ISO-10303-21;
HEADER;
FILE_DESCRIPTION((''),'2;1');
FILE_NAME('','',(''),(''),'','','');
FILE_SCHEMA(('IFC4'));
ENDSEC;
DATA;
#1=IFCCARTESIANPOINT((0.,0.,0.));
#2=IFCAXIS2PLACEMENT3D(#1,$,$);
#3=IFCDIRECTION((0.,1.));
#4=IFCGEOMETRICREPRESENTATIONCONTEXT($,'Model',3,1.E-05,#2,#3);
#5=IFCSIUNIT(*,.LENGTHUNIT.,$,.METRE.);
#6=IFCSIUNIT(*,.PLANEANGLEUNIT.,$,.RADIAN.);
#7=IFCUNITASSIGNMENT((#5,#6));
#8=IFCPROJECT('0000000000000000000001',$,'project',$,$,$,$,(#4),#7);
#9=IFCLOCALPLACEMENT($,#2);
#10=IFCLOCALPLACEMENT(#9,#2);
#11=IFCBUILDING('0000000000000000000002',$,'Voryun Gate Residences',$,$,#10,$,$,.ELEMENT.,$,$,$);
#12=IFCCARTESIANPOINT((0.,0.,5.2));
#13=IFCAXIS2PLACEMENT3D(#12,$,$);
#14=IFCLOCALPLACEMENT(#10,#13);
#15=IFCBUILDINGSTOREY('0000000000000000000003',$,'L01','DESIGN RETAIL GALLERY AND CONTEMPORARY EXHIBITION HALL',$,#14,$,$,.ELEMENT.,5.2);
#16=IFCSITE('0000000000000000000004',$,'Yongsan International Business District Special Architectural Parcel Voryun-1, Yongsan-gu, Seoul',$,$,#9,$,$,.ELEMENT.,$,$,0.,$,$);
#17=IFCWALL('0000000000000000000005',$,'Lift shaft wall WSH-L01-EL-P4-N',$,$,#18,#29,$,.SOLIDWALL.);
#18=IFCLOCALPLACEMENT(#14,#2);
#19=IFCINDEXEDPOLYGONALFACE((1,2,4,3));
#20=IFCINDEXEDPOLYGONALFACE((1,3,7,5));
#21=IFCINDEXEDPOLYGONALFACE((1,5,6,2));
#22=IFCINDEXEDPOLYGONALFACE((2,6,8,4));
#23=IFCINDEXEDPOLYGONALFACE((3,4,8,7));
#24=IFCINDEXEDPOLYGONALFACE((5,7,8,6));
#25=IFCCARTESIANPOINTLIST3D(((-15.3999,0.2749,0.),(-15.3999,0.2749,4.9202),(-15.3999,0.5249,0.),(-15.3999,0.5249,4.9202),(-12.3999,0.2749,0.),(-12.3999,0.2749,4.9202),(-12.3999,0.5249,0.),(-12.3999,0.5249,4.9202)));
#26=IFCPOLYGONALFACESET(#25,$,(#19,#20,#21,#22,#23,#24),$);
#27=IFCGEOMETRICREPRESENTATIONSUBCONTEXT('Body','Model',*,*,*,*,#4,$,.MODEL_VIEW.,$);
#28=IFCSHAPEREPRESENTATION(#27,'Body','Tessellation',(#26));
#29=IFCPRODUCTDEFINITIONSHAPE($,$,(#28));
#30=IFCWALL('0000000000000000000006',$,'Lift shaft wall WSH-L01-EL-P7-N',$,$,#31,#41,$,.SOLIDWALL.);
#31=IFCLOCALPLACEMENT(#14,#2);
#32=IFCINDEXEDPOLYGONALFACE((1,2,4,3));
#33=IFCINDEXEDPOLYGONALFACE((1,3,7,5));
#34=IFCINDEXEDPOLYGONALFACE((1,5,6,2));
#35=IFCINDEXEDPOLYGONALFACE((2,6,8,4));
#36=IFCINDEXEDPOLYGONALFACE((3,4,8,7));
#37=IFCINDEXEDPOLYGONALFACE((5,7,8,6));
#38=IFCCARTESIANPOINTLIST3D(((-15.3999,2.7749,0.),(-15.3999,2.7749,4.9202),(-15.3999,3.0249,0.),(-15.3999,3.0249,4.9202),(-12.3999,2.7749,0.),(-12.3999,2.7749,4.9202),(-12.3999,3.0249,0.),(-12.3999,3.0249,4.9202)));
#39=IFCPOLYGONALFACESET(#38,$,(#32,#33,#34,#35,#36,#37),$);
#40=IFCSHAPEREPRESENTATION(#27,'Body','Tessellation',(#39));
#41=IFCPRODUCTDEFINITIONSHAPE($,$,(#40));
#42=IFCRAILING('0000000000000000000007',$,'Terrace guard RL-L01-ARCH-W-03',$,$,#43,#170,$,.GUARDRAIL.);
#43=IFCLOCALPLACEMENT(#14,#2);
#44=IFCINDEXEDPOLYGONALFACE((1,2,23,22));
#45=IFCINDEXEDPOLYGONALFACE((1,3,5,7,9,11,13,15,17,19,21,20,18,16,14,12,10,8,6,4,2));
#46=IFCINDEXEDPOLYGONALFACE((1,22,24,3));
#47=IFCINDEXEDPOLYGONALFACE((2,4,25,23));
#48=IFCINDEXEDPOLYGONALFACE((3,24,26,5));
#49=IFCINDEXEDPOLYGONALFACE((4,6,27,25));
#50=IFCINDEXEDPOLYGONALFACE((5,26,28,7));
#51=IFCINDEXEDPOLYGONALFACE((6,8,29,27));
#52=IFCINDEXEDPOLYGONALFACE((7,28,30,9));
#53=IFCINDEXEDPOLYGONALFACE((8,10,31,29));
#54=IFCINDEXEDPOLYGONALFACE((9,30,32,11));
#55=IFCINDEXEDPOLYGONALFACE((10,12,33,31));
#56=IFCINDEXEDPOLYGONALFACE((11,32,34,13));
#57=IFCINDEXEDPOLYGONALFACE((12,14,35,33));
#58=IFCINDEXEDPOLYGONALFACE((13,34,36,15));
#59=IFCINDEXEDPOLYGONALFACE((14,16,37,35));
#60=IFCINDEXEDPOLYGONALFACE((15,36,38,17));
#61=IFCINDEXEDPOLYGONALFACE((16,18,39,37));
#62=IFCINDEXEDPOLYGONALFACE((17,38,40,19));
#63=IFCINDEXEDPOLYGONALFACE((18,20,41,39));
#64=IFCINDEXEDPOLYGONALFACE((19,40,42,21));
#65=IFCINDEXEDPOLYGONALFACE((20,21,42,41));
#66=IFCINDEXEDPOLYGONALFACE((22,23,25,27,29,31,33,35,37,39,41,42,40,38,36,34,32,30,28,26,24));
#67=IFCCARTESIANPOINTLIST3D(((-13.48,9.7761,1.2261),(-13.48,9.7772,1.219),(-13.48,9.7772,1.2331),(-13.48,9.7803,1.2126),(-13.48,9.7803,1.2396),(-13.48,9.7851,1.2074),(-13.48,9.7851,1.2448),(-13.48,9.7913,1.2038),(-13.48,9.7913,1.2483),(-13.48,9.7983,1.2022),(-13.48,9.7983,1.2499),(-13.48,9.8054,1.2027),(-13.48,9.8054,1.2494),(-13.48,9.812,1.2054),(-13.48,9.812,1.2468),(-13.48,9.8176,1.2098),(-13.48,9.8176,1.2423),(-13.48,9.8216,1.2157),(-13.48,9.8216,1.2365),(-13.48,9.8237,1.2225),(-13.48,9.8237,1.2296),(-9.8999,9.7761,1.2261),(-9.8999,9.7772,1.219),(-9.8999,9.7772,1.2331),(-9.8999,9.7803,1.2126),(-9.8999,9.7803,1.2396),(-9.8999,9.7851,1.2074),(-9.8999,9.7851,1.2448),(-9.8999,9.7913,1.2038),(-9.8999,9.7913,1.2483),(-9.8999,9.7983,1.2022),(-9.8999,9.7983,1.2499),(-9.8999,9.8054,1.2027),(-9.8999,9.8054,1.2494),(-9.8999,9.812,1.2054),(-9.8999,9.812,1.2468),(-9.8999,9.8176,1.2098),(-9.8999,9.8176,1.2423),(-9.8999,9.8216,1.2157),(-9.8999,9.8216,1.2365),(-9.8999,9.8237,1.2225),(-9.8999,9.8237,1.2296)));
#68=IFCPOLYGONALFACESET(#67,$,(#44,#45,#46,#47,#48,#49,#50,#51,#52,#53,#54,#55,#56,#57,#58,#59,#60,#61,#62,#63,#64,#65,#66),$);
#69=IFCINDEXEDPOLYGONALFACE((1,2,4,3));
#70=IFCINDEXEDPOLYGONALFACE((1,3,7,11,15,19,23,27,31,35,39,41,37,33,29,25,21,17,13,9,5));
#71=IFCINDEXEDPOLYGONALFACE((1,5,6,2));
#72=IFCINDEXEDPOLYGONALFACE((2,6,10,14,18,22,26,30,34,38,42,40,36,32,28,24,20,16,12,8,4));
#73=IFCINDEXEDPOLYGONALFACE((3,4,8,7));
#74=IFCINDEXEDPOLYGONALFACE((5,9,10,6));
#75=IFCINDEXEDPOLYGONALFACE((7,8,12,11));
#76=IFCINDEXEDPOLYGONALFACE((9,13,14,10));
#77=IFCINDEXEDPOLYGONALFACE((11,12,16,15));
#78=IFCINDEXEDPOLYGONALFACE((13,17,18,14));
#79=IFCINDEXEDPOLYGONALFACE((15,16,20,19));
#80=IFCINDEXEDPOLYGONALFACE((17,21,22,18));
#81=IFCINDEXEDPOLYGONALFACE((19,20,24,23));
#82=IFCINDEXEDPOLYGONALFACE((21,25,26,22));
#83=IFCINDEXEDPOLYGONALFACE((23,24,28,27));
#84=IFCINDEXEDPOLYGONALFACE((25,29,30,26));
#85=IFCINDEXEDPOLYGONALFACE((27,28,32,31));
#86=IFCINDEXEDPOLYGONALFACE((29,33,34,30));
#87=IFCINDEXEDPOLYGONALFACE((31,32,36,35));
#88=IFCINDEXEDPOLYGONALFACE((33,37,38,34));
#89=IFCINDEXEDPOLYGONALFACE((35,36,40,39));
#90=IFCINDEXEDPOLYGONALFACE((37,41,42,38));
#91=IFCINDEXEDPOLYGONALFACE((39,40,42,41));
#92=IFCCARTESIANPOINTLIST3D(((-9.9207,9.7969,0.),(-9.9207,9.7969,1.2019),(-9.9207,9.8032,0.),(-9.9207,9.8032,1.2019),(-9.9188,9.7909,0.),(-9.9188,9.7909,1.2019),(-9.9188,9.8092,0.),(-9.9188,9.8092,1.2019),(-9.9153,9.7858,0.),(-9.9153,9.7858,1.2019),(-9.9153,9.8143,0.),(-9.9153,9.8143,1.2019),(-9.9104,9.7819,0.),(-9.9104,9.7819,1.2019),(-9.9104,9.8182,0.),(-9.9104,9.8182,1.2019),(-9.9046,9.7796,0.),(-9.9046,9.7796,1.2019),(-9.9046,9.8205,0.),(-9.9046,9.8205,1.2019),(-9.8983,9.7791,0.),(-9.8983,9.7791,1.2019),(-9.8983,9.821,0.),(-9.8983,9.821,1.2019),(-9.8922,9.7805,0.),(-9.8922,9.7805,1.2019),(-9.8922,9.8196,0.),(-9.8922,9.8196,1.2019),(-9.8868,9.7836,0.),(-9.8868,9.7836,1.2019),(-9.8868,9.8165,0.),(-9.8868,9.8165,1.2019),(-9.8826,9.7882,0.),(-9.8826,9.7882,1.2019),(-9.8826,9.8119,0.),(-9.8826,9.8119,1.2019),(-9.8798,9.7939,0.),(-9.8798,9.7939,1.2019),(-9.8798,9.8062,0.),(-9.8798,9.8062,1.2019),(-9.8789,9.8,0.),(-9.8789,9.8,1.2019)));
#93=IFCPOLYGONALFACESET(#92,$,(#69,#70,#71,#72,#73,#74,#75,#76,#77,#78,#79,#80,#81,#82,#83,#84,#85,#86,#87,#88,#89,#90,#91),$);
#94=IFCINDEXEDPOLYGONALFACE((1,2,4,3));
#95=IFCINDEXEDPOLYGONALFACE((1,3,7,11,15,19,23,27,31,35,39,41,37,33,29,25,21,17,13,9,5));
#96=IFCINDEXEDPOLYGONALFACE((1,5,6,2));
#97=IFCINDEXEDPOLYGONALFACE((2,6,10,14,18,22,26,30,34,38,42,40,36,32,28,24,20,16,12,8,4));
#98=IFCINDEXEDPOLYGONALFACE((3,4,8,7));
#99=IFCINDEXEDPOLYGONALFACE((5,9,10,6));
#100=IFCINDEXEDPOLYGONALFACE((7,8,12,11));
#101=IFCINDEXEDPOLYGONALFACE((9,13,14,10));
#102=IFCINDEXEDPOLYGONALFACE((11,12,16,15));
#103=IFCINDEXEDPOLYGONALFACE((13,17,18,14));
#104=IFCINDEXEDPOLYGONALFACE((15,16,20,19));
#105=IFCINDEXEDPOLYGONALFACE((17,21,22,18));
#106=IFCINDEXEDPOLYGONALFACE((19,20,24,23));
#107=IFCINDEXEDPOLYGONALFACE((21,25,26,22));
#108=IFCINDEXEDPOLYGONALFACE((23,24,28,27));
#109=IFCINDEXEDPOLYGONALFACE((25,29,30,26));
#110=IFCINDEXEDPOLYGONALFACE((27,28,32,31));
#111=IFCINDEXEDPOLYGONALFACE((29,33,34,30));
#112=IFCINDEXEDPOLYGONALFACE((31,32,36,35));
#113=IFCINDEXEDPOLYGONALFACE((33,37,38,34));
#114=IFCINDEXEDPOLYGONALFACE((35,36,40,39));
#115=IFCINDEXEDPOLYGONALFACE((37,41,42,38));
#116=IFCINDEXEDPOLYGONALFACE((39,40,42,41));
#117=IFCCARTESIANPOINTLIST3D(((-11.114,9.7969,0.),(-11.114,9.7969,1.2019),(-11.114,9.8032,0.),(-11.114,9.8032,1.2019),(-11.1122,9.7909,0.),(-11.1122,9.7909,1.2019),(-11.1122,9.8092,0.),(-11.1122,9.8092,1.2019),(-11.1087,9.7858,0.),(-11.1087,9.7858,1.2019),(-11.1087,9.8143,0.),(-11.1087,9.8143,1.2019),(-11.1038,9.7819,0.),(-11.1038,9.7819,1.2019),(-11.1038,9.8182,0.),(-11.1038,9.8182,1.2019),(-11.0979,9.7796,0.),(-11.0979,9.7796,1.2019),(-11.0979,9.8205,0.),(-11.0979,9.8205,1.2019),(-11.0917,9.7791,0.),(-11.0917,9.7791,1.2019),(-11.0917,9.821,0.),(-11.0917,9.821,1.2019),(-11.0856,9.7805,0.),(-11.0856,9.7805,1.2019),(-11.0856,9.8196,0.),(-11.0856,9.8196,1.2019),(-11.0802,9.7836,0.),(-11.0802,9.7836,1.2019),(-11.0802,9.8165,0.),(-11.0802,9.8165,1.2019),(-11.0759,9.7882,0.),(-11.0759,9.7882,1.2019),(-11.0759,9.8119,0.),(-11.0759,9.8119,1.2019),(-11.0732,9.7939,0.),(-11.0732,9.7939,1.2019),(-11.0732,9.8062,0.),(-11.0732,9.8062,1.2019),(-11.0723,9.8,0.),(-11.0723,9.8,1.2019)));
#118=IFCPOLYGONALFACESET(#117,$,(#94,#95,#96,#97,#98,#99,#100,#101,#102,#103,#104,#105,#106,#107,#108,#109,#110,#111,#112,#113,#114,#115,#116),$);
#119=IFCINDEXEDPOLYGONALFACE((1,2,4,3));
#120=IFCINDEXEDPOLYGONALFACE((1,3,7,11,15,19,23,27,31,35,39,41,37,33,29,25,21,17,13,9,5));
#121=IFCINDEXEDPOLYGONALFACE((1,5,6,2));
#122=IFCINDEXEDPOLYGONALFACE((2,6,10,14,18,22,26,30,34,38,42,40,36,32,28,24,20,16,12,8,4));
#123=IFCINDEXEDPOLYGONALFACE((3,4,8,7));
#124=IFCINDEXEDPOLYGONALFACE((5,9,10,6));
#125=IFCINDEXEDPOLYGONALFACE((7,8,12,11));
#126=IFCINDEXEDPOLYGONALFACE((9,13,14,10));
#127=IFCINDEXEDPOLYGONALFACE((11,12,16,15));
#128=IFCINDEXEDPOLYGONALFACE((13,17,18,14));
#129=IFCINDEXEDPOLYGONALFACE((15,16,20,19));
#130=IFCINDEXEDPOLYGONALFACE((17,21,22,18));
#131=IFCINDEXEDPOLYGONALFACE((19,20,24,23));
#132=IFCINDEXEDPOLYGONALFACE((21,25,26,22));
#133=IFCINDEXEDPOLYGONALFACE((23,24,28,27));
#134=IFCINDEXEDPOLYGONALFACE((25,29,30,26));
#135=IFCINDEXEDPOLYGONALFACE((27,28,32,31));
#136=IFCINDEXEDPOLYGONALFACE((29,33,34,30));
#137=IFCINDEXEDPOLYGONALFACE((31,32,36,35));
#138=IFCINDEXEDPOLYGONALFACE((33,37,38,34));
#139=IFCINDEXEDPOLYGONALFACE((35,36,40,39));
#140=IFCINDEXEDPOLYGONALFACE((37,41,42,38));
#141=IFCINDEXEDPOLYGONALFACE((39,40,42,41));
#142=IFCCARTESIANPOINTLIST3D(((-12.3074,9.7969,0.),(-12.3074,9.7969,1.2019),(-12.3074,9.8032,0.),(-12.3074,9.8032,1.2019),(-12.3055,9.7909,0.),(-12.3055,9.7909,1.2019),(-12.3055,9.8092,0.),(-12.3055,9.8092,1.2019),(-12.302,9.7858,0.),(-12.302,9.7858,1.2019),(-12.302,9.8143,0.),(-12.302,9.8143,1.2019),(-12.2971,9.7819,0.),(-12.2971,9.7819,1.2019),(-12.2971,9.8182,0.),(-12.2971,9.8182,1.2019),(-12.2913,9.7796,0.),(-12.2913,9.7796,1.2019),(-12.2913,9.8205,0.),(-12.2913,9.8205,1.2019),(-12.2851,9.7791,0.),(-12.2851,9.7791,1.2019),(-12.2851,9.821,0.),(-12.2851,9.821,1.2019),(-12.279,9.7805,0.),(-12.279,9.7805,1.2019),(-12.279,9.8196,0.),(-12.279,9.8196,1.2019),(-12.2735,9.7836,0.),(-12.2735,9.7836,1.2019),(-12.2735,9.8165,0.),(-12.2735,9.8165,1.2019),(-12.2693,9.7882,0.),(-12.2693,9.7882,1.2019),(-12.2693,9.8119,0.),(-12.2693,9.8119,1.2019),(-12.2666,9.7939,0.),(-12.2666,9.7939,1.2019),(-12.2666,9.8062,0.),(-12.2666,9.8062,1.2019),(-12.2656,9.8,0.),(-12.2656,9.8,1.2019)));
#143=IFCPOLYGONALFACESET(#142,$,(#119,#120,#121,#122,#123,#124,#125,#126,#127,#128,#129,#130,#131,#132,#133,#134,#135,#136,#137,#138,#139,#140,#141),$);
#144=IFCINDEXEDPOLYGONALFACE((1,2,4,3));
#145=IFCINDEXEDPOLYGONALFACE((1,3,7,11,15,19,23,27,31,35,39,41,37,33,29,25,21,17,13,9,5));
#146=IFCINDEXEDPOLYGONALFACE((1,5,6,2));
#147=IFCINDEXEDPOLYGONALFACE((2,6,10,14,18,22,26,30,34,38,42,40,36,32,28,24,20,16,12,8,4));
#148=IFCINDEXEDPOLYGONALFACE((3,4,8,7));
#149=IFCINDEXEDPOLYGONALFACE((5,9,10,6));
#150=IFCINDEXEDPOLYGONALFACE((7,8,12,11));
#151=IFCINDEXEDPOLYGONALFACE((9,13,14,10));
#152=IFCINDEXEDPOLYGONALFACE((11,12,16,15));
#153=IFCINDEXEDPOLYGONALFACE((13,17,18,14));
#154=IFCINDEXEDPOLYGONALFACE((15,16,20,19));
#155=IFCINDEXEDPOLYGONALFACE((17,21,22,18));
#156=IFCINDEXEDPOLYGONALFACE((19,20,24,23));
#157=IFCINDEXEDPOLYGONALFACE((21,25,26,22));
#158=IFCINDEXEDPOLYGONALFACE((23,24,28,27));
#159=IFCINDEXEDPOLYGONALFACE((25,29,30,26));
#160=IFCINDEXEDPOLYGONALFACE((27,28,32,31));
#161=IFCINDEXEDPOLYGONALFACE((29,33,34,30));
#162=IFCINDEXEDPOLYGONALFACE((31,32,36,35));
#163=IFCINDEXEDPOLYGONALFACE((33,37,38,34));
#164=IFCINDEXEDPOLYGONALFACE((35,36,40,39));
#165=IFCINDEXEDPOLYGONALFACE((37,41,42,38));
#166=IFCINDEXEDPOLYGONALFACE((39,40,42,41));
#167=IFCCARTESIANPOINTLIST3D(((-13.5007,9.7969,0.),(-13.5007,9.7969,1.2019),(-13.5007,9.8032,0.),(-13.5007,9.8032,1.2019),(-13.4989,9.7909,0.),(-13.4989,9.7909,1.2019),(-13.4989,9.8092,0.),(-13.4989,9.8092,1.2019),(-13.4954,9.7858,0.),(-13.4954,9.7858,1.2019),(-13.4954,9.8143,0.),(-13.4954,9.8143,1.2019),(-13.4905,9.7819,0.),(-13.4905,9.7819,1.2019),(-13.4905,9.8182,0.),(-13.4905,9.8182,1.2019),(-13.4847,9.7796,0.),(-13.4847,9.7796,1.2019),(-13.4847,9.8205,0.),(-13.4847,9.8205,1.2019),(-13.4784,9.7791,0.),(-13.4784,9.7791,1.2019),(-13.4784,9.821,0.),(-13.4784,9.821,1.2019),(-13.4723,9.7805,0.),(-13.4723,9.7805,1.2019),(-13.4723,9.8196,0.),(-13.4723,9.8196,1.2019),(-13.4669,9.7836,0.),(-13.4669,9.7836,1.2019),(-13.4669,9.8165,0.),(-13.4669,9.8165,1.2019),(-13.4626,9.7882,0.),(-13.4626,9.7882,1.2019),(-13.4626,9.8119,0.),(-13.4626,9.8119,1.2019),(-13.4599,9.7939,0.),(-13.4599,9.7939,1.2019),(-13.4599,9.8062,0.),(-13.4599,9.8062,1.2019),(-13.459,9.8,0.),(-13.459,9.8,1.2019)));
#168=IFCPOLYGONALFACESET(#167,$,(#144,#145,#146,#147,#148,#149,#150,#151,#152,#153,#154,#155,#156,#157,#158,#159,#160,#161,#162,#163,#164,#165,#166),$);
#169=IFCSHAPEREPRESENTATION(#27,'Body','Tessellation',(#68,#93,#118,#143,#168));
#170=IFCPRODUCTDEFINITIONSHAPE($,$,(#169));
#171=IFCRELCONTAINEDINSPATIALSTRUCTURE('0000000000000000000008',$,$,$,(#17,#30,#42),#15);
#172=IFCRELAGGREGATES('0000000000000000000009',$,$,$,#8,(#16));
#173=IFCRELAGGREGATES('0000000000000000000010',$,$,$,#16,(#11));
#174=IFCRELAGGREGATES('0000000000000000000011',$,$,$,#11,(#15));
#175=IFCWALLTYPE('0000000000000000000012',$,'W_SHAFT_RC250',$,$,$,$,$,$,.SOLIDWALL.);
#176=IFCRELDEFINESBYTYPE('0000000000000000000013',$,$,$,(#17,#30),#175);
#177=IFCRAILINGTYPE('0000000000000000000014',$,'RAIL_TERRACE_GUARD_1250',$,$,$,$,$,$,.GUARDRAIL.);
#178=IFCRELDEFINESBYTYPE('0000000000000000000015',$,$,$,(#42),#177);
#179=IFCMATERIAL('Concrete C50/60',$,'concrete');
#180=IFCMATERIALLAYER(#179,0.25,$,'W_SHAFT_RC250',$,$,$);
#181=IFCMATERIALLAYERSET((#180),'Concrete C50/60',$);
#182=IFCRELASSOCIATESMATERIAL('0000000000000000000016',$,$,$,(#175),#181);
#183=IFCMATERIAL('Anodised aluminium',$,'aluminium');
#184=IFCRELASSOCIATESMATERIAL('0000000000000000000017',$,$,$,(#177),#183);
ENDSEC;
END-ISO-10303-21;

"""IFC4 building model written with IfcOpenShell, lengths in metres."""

from ifc_helpers import new_model, si_unit, direction, frame, frame_2d, origin, origin_2d, place, context, subcontext, project, spatial, rectangle, circle, extrude, material, layer, layer_set, type_object, element, save


model = new_model("IFC4")

# Units and contexts
model_context = context("Model", 3, precision=1e-05, world=origin(), true_north=direction((0.0, 1.0)))
body_context = subcontext(model_context, "Body", "Model", "MODEL_VIEW")
ifc_project = project(units=[si_unit("LENGTHUNIT", "METRE"), si_unit("PLANEANGLEUNIT", "RADIAN")], contexts=[model_context])

# Site, building, storey
site_placement = place(None, origin())
site = spatial("IfcSite", under=ifc_project, at=site_placement, Name="Yongsan International Business District Special Architectural Parcel Voryun-1, Yongsan-gu, Seoul", CompositionType="ELEMENT", RefElevation=0.0)
building_placement = place(site_placement, origin())
building = spatial("IfcBuilding", under=site, at=building_placement, Name="Voryun Gate Residences", CompositionType="ELEMENT")
storey_placement = place(building_placement, frame((0.0, 0.0, 5.2)))
storey = spatial("IfcBuildingStorey", under=building, at=storey_placement, Name="L01", Description="DESIGN RETAIL GALLERY AND CONTEMPORARY EXHIBITION HALL", CompositionType="ELEMENT", Elevation=5.2)

# Walls
ifc_material_1 = material(Name="Concrete C50/60", Category="concrete")
ifc_layer_1 = layer(ifc_material_1, 0.25, Name="W_SHAFT_RC250")
ifc_layer_set_1 = layer_set([ifc_layer_1], Name="Concrete C50/60")
wall_type_1 = type_object("IfcWallType", Name="W_SHAFT_RC250", PredefinedType="SOLIDWALL", material=ifc_layer_set_1)
for number, where, z_axis, x_axis, name in (
    (1, (-12.3999, 0.3999, 0.0), (0.0, 0.0, 1.0), (-1.0, 0.0, 0.0), "Lift shaft wall WSH-L01-EL-P4-N"),
    (2, (-12.3999, 2.8999, 0.0), (0.0, 0.0, 1.0), (-1.0, 0.0, 0.0), "Lift shaft wall WSH-L01-EL-P7-N"),
):
    element("IfcWall", number, at=place(storey_placement, frame(where, z_axis=z_axis, x_axis=x_axis)), inside=storey, type_object=wall_type_1, Name=name, PredefinedType="SOLIDWALL", context=body_context, shape_type="SweptSolid", body=[
        extrude(rectangle(XDim=3.0, YDim=0.25, at=frame_2d((1.5, 0.0))), origin(), (0.0, 0.0, 1.0), 4.9202),
    ])

# Railing
ifc_material_2 = material(Name="Anodised aluminium", Category="aluminium")
railing_type = type_object("IfcRailingType", Name="RAIL_TERRACE_GUARD_1250", PredefinedType="GUARDRAIL", material=ifc_material_2)
railing_1_placement = place(storey_placement, frame((-9.8999, 9.8, 0.0)))
element("IfcRailing", 3, at=railing_1_placement, inside=storey, type_object=railing_type, Name="Terrace guard RL-L01-ARCH-W-03", PredefinedType="GUARDRAIL", context=body_context, shape_type="SweptSolid", body=[
    extrude(circle(Radius=0.0239, at=origin_2d()), frame((0.0, 0.0, 1.2261), z_axis=(-1.0, 0.0, 0.0), x_axis=(0.0, -1.0, 0.0)), (0.0, 0.0, 1.0), 3.5801),
    extrude(circle(Radius=0.021, at=origin_2d()), origin(), (0.0, 0.0, 1.0), 1.2019),
    extrude(circle(Radius=0.021, at=origin_2d()), frame((-1.1934, 0.0, 0.0)), (0.0, 0.0, 1.0), 1.2019),
    extrude(circle(Radius=0.021, at=origin_2d()), frame((-2.3867, 0.0, 0.0)), (0.0, 0.0, 1.0), 1.2019),
    extrude(circle(Radius=0.021, at=origin_2d()), frame((-3.5801, 0.0, 0.0)), (0.0, 0.0, 1.0), 1.2019),
])

save(model, "model.ifc")
